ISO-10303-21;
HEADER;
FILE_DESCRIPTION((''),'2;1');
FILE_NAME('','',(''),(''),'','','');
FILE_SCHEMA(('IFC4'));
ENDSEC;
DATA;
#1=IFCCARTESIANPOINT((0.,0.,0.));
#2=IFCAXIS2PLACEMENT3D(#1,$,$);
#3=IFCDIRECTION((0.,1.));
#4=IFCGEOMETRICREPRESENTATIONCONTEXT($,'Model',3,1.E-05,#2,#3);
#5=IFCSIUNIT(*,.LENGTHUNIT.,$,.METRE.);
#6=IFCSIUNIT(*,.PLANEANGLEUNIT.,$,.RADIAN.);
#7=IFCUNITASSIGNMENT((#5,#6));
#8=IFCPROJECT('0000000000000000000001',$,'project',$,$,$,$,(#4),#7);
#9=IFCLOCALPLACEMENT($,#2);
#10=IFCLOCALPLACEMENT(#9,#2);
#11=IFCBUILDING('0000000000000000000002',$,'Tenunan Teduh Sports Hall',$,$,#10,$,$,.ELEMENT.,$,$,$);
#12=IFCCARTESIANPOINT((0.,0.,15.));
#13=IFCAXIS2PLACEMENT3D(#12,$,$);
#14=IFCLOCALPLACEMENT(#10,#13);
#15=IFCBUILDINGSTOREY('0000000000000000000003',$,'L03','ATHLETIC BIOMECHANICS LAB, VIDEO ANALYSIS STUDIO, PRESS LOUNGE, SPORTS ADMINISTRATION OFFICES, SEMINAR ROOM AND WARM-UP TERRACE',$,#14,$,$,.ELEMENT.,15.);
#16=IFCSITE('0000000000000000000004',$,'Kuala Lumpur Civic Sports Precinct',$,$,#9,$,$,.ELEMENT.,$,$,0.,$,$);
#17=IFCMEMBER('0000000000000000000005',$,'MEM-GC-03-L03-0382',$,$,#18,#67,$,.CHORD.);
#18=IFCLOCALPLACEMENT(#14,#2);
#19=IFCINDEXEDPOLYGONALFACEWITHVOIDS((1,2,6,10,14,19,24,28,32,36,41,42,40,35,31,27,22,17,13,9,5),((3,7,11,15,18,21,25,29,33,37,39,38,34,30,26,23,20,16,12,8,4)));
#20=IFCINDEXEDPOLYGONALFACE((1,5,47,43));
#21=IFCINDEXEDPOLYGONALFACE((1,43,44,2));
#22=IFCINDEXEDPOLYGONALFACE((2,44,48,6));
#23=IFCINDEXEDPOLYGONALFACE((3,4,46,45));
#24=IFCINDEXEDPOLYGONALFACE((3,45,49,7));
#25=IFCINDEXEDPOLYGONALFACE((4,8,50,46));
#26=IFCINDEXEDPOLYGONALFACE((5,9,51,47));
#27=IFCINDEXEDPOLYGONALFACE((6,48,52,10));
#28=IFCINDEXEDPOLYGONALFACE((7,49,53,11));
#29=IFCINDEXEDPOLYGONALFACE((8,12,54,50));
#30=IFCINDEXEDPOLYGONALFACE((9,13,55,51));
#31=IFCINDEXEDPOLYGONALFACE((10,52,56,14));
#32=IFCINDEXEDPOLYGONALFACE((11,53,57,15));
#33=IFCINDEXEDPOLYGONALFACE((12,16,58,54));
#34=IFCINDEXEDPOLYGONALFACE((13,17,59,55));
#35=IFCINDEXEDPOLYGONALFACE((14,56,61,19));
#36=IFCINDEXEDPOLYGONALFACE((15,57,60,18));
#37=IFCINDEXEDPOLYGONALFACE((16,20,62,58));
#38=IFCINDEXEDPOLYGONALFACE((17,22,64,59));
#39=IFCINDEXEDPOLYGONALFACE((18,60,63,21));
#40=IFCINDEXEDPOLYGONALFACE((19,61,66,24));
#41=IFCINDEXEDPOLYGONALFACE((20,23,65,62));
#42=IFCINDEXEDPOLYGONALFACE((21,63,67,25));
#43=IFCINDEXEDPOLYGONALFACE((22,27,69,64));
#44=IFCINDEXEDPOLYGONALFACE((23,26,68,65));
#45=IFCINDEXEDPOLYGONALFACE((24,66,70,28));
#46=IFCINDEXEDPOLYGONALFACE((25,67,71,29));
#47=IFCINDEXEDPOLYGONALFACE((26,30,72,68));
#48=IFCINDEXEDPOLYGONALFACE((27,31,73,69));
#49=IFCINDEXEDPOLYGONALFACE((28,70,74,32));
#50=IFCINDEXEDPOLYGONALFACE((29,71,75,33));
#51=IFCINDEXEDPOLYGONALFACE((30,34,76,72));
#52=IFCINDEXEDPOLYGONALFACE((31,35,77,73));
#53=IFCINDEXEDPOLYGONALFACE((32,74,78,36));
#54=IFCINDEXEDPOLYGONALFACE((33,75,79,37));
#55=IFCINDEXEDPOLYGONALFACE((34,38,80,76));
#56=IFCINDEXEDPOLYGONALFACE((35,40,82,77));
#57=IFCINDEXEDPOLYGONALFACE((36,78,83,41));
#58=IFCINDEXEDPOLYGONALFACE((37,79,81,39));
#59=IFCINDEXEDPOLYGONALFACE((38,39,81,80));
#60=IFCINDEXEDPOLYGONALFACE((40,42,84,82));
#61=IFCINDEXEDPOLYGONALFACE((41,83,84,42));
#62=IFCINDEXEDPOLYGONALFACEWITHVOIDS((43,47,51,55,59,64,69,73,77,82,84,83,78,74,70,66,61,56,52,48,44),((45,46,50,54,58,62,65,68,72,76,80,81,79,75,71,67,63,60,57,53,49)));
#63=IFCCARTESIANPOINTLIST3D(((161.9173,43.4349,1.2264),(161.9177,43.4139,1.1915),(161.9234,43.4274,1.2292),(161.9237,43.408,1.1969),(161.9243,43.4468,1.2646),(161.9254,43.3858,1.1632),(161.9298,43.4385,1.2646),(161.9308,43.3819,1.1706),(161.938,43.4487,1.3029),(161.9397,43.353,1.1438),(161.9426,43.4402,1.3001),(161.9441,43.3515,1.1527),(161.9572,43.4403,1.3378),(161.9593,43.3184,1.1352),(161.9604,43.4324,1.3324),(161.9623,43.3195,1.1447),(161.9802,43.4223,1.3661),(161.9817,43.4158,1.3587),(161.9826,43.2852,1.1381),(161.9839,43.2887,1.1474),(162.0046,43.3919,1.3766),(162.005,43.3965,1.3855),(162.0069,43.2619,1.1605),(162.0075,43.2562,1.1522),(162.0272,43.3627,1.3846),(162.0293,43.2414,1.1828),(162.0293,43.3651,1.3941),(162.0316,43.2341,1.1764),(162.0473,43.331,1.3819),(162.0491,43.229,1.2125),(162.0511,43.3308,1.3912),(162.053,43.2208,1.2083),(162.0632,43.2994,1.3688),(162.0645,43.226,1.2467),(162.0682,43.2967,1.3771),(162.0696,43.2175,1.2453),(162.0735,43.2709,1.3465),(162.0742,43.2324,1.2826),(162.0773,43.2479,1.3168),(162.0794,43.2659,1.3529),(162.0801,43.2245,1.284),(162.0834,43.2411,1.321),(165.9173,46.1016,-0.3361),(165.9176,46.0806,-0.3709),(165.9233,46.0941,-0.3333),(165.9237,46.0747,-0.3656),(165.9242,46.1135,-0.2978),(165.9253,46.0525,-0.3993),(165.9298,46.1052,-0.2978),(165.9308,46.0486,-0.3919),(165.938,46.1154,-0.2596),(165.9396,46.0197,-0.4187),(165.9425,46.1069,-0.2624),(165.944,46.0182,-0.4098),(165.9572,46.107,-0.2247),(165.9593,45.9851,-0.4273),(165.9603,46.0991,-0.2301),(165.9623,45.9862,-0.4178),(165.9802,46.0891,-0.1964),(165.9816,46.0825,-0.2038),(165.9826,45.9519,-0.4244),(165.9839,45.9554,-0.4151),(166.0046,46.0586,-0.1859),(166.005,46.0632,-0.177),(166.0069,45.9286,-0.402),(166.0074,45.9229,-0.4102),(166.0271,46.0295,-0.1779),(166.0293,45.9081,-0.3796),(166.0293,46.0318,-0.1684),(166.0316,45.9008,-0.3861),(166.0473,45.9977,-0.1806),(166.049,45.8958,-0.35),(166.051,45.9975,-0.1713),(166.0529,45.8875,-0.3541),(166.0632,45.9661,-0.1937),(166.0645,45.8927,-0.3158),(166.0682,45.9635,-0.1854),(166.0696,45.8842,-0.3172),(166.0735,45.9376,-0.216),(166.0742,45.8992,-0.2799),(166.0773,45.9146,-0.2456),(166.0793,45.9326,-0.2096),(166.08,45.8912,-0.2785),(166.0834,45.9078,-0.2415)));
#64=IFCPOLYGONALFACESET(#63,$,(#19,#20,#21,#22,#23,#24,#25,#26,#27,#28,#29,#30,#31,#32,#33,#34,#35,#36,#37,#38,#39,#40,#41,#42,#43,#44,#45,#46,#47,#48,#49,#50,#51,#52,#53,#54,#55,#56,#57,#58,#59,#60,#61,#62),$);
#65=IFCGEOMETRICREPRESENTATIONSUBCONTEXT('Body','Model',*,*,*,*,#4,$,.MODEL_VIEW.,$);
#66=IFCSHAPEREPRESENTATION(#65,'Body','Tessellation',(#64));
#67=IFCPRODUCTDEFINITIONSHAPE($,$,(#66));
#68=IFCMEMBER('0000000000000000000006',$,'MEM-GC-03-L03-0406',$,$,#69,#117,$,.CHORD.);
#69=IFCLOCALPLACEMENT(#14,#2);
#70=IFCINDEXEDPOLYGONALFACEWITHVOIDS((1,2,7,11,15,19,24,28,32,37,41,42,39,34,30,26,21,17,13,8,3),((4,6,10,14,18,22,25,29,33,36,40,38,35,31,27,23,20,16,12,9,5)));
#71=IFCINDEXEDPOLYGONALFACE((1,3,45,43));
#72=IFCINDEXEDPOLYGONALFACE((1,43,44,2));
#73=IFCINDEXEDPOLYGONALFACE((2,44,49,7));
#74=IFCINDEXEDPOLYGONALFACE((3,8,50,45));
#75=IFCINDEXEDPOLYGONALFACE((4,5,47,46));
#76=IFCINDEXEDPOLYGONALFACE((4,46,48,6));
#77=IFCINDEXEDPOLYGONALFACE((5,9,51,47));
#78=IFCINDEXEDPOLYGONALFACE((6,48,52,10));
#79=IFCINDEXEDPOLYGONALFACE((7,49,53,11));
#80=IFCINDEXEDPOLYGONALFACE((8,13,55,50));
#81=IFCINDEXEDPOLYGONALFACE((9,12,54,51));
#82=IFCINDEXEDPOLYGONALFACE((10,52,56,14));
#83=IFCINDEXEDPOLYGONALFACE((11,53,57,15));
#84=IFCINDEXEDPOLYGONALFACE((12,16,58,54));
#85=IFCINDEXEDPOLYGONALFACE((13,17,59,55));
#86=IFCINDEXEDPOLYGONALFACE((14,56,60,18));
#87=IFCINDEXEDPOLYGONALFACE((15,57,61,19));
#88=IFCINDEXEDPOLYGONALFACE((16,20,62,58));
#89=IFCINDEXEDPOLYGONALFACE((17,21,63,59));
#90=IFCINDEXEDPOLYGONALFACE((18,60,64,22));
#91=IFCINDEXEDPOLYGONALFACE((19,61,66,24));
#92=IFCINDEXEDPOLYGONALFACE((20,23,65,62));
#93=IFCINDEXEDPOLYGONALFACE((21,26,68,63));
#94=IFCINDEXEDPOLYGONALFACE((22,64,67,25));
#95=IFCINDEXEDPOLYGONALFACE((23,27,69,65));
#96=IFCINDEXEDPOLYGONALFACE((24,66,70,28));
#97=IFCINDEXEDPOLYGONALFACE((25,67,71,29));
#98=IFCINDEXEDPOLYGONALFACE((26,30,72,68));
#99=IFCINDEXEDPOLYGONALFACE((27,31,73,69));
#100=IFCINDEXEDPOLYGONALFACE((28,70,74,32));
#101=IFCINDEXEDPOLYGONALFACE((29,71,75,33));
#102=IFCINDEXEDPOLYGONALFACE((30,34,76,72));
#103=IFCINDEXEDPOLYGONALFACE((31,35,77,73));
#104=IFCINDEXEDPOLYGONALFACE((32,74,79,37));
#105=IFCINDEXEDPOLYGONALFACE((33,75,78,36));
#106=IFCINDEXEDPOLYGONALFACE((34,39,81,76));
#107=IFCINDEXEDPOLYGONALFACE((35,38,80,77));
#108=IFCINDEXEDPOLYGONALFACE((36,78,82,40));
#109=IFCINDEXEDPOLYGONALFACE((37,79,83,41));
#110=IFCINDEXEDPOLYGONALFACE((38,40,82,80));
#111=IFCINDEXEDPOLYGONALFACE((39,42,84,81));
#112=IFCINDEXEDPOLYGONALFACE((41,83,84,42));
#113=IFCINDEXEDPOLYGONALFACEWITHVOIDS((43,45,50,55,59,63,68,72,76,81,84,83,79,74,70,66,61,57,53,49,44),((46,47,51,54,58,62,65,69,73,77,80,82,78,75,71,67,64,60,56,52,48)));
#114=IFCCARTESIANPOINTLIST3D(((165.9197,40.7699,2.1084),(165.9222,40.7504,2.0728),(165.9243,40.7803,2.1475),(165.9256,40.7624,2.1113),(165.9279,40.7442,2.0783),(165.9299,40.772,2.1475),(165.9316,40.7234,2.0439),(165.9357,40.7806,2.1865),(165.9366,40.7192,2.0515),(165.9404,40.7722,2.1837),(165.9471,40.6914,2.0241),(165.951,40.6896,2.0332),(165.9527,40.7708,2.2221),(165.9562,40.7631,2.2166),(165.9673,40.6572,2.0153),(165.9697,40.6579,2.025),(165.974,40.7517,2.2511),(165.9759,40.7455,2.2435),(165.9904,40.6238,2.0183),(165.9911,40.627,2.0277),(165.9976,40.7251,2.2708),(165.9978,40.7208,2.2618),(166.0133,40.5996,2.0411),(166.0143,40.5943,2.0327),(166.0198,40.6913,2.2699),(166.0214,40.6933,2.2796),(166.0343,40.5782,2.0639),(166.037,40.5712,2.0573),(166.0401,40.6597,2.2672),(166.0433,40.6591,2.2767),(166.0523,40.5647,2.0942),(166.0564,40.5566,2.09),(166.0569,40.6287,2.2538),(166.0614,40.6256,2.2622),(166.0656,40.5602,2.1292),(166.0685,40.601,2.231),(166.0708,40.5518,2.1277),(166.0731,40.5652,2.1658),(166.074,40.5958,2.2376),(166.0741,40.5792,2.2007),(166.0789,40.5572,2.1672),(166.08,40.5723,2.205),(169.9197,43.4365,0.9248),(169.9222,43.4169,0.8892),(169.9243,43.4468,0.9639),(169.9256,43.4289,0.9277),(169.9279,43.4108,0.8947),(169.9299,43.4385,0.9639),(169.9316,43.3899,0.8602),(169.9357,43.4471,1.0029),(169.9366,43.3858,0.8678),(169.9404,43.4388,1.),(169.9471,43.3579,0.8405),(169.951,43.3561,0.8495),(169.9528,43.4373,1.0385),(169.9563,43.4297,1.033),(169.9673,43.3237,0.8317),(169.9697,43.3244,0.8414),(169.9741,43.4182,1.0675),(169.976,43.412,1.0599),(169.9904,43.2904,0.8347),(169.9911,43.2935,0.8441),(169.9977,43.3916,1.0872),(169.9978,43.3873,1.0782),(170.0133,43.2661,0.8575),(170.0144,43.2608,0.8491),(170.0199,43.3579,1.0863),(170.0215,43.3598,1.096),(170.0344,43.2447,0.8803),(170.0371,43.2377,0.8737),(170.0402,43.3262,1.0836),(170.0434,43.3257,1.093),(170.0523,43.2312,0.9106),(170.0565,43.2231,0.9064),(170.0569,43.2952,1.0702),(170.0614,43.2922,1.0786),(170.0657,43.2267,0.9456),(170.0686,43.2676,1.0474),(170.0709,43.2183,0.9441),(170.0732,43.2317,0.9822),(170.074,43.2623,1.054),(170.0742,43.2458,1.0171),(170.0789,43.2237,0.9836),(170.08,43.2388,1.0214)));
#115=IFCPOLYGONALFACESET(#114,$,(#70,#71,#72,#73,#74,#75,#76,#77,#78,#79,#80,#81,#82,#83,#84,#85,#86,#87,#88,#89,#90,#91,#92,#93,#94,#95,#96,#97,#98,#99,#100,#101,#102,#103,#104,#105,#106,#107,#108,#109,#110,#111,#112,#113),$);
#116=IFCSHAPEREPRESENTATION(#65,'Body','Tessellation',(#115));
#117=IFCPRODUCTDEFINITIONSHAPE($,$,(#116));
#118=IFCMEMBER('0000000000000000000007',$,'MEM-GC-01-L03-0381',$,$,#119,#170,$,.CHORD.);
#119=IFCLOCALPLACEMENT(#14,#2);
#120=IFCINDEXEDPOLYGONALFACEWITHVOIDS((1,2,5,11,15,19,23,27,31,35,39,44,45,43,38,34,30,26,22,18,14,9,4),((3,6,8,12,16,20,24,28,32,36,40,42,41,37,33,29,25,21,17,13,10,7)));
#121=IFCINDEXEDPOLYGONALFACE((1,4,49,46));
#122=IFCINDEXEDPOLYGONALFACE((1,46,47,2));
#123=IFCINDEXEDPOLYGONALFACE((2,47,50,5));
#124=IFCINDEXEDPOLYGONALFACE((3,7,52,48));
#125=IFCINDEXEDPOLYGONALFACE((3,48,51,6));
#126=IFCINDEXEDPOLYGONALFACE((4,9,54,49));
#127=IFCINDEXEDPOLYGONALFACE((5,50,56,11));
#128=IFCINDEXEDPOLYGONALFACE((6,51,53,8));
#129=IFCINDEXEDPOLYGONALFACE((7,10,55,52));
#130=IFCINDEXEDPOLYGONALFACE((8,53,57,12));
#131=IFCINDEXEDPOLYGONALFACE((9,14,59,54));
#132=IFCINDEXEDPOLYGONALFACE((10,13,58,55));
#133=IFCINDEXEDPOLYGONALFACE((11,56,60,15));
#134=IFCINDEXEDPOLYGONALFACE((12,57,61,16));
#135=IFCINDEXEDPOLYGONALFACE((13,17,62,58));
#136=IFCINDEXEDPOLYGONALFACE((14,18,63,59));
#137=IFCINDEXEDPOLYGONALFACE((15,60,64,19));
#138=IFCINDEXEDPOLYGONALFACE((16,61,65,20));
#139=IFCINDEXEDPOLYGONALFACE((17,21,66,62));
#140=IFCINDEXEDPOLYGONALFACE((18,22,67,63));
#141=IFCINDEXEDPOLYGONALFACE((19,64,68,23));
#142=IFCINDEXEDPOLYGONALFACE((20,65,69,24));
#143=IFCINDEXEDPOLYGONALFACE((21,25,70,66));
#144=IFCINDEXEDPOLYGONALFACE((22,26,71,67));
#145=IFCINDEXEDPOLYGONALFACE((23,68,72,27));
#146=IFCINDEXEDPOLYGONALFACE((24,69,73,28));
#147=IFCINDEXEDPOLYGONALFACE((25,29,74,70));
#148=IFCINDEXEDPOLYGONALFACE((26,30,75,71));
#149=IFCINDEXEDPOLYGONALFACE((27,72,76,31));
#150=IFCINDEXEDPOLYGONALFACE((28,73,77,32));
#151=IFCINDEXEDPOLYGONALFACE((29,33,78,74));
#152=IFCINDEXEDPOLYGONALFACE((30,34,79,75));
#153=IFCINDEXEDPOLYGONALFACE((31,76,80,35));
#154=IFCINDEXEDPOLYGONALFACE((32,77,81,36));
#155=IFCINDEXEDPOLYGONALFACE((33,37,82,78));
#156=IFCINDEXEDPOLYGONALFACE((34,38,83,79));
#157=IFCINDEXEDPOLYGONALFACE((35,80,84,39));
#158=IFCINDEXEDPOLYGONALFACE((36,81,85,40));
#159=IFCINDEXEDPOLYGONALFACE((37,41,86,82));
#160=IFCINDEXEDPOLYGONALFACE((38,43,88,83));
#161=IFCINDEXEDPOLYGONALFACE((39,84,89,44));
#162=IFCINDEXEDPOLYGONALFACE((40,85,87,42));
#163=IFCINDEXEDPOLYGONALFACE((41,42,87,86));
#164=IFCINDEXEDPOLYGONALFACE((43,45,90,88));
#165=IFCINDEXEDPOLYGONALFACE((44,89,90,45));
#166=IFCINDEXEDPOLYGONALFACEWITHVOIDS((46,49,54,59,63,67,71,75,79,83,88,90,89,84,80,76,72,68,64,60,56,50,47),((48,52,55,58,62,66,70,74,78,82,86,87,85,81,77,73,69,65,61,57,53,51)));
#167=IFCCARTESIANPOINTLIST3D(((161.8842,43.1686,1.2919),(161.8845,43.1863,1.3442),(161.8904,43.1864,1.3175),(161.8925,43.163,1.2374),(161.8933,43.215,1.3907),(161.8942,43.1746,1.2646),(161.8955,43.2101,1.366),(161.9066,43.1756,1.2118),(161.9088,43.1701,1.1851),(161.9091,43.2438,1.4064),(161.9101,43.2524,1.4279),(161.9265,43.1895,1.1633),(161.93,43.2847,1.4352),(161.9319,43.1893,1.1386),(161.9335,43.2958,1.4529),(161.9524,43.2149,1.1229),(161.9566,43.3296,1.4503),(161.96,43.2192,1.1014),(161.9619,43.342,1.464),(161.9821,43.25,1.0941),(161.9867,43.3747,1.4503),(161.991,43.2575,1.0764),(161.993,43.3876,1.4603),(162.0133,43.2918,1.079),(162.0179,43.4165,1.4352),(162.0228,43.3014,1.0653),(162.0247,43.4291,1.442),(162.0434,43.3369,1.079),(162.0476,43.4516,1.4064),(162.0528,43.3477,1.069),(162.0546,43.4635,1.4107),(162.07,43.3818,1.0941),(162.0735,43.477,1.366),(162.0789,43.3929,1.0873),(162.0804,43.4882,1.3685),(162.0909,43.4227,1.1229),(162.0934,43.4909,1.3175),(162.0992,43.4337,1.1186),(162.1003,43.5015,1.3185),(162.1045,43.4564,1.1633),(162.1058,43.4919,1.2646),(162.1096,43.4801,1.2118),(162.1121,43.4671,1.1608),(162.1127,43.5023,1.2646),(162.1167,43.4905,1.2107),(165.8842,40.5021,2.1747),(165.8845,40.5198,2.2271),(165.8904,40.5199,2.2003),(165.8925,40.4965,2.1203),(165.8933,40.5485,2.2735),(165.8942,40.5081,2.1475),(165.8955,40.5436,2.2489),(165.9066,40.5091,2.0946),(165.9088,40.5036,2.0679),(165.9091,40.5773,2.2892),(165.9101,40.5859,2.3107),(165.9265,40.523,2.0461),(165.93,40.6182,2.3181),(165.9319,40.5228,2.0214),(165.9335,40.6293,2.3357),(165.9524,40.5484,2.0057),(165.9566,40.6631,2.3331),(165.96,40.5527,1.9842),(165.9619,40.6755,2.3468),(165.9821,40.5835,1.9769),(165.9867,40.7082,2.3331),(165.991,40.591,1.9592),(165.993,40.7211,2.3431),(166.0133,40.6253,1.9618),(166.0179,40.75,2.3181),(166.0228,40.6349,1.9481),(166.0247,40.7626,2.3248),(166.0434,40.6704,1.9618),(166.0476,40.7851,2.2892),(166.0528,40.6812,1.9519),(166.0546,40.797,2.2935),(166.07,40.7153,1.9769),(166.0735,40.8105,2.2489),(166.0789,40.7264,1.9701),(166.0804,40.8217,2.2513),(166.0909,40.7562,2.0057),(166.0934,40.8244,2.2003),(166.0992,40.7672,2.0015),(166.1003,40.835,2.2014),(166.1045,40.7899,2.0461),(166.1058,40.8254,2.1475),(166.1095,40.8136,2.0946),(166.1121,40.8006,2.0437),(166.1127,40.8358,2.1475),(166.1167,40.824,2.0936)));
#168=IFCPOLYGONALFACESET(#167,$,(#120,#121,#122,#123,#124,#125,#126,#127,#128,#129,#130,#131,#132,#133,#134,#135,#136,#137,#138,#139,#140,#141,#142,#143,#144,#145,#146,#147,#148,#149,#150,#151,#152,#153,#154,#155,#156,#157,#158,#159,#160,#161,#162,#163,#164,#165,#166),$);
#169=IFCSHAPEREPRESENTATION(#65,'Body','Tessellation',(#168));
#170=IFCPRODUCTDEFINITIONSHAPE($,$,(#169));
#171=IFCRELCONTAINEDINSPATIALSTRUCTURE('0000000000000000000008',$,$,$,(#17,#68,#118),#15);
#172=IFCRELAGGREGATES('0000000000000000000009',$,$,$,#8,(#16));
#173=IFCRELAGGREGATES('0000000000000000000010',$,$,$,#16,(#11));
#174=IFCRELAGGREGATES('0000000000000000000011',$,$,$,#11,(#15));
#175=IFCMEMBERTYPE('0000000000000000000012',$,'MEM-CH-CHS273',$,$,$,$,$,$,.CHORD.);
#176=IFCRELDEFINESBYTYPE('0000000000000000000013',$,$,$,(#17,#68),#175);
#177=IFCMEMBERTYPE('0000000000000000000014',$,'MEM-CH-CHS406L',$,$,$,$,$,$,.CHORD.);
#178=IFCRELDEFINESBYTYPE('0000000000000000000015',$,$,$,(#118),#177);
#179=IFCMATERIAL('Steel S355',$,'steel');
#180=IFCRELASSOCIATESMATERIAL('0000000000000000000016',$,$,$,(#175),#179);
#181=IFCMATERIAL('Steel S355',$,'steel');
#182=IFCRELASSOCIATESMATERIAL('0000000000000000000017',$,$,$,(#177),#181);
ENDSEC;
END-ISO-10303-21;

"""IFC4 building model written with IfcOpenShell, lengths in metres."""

from ifc_helpers import new_model, si_unit, direction, frame, origin, origin_2d, place, context, subcontext, project, spatial, hollow_circle, extrude, material, material_profile, profile_set, type_object, element, save


model = new_model("IFC4")

# Units and contexts
model_context = context("Model", 3, precision=1e-05, world=origin(), true_north=direction((0.0, 1.0)))
body_context = subcontext(model_context, "Body", "Model", "MODEL_VIEW")
ifc_project = project(units=[si_unit("LENGTHUNIT", "METRE"), si_unit("PLANEANGLEUNIT", "RADIAN")], contexts=[model_context])

# Site, building, storey
site_placement = place(None, origin())
site = spatial("IfcSite", under=ifc_project, at=site_placement, Name="Kuala Lumpur Civic Sports Precinct", CompositionType="ELEMENT", RefElevation=0.0)
building_placement = place(site_placement, origin())
building = spatial("IfcBuilding", under=site, at=building_placement, Name="Tenunan Teduh Sports Hall", CompositionType="ELEMENT")
storey_placement = place(building_placement, frame((0.0, 0.0, 15.0)))
storey = spatial("IfcBuildingStorey", under=building, at=storey_placement, Name="L03", Description="ATHLETIC BIOMECHANICS LAB, VIDEO ANALYSIS STUDIO, PRESS LOUNGE, SPORTS ADMINISTRATION OFFICES, SEMINAR ROOM AND WARM-UP TERRACE", CompositionType="ELEMENT", Elevation=15.0)

# Members
ifc_material_1 = material(Name="Steel S355", Category="steel")
ifc_material_profile_1 = material_profile(ifc_material_1, hollow_circle(Radius=0.1365, WallThickness=0.01, at=origin_2d()), Name="CHS 273.0x10.0")
ifc_profile_set_1 = profile_set([ifc_material_profile_1], Name="Steel S355")
member_type_1 = type_object("IfcMemberType", Name="MEM-CH-CHS273", PredefinedType="CHORD", material=ifc_profile_set_1)
member_1_placement = place(storey_placement, frame((162.0, 43.3333, 1.2646), z_axis=(0.791297, 0.527547, -0.3091), x_axis=(-0.554712, 0.832042, 0.0)))
element("IfcMember", 1, at=member_1_placement, inside=storey, type_object=member_type_1, Name="MEM-GC-03-L03-0382", PredefinedType="CHORD", context=body_context, shape_type="SweptSolid", body=[
    extrude(hollow_circle(Radius=0.1365, WallThickness=0.01, at=origin_2d()), origin(), (0.0, 0.0, 1.0), 5.0549),
])
member_2_placement = place(storey_placement, frame((166.0, 40.6667, 2.1475), z_axis=(0.807938, 0.538593, -0.239068), x_axis=(-0.554677, 0.832066, 0.0)))
element("IfcMember", 2, at=member_2_placement, inside=storey, type_object=member_type_1, Name="MEM-GC-03-L03-0406", PredefinedType="CHORD", context=body_context, shape_type="SweptSolid", body=[
    extrude(hollow_circle(Radius=0.1365, WallThickness=0.01, at=origin_2d()), origin(), (0.0, 0.0, 1.0), 4.9509),
])
ifc_material_2 = material(Name="Steel S355", Category="steel")
ifc_material_profile_2 = material_profile(ifc_material_2, hollow_circle(Radius=0.2031, WallThickness=0.0125, at=origin_2d()), Name="CHS 406.4x12.5")
ifc_profile_set_2 = profile_set([ifc_material_profile_2], Name="Steel S355")
member_type_2 = type_object("IfcMemberType", Name="MEM-CH-CHS406L", PredefinedType="CHORD", material=ifc_profile_set_2)
member_3_placement = place(storey_placement, frame((162.0, 43.3333, 1.2646), z_axis=(0.818381, -0.545554, 0.180619), x_axis=(0.554677, 0.832066, 0.0)))
element("IfcMember", 3, at=member_3_placement, inside=storey, type_object=member_type_2, Name="MEM-GC-01-L03-0381", PredefinedType="CHORD", context=body_context, shape_type="SweptSolid", body=[
    extrude(hollow_circle(Radius=0.2031, WallThickness=0.0125, at=origin_2d()), origin(), (0.0, 0.0, 1.0), 4.8877),
])

save(model, "model.ifc")
